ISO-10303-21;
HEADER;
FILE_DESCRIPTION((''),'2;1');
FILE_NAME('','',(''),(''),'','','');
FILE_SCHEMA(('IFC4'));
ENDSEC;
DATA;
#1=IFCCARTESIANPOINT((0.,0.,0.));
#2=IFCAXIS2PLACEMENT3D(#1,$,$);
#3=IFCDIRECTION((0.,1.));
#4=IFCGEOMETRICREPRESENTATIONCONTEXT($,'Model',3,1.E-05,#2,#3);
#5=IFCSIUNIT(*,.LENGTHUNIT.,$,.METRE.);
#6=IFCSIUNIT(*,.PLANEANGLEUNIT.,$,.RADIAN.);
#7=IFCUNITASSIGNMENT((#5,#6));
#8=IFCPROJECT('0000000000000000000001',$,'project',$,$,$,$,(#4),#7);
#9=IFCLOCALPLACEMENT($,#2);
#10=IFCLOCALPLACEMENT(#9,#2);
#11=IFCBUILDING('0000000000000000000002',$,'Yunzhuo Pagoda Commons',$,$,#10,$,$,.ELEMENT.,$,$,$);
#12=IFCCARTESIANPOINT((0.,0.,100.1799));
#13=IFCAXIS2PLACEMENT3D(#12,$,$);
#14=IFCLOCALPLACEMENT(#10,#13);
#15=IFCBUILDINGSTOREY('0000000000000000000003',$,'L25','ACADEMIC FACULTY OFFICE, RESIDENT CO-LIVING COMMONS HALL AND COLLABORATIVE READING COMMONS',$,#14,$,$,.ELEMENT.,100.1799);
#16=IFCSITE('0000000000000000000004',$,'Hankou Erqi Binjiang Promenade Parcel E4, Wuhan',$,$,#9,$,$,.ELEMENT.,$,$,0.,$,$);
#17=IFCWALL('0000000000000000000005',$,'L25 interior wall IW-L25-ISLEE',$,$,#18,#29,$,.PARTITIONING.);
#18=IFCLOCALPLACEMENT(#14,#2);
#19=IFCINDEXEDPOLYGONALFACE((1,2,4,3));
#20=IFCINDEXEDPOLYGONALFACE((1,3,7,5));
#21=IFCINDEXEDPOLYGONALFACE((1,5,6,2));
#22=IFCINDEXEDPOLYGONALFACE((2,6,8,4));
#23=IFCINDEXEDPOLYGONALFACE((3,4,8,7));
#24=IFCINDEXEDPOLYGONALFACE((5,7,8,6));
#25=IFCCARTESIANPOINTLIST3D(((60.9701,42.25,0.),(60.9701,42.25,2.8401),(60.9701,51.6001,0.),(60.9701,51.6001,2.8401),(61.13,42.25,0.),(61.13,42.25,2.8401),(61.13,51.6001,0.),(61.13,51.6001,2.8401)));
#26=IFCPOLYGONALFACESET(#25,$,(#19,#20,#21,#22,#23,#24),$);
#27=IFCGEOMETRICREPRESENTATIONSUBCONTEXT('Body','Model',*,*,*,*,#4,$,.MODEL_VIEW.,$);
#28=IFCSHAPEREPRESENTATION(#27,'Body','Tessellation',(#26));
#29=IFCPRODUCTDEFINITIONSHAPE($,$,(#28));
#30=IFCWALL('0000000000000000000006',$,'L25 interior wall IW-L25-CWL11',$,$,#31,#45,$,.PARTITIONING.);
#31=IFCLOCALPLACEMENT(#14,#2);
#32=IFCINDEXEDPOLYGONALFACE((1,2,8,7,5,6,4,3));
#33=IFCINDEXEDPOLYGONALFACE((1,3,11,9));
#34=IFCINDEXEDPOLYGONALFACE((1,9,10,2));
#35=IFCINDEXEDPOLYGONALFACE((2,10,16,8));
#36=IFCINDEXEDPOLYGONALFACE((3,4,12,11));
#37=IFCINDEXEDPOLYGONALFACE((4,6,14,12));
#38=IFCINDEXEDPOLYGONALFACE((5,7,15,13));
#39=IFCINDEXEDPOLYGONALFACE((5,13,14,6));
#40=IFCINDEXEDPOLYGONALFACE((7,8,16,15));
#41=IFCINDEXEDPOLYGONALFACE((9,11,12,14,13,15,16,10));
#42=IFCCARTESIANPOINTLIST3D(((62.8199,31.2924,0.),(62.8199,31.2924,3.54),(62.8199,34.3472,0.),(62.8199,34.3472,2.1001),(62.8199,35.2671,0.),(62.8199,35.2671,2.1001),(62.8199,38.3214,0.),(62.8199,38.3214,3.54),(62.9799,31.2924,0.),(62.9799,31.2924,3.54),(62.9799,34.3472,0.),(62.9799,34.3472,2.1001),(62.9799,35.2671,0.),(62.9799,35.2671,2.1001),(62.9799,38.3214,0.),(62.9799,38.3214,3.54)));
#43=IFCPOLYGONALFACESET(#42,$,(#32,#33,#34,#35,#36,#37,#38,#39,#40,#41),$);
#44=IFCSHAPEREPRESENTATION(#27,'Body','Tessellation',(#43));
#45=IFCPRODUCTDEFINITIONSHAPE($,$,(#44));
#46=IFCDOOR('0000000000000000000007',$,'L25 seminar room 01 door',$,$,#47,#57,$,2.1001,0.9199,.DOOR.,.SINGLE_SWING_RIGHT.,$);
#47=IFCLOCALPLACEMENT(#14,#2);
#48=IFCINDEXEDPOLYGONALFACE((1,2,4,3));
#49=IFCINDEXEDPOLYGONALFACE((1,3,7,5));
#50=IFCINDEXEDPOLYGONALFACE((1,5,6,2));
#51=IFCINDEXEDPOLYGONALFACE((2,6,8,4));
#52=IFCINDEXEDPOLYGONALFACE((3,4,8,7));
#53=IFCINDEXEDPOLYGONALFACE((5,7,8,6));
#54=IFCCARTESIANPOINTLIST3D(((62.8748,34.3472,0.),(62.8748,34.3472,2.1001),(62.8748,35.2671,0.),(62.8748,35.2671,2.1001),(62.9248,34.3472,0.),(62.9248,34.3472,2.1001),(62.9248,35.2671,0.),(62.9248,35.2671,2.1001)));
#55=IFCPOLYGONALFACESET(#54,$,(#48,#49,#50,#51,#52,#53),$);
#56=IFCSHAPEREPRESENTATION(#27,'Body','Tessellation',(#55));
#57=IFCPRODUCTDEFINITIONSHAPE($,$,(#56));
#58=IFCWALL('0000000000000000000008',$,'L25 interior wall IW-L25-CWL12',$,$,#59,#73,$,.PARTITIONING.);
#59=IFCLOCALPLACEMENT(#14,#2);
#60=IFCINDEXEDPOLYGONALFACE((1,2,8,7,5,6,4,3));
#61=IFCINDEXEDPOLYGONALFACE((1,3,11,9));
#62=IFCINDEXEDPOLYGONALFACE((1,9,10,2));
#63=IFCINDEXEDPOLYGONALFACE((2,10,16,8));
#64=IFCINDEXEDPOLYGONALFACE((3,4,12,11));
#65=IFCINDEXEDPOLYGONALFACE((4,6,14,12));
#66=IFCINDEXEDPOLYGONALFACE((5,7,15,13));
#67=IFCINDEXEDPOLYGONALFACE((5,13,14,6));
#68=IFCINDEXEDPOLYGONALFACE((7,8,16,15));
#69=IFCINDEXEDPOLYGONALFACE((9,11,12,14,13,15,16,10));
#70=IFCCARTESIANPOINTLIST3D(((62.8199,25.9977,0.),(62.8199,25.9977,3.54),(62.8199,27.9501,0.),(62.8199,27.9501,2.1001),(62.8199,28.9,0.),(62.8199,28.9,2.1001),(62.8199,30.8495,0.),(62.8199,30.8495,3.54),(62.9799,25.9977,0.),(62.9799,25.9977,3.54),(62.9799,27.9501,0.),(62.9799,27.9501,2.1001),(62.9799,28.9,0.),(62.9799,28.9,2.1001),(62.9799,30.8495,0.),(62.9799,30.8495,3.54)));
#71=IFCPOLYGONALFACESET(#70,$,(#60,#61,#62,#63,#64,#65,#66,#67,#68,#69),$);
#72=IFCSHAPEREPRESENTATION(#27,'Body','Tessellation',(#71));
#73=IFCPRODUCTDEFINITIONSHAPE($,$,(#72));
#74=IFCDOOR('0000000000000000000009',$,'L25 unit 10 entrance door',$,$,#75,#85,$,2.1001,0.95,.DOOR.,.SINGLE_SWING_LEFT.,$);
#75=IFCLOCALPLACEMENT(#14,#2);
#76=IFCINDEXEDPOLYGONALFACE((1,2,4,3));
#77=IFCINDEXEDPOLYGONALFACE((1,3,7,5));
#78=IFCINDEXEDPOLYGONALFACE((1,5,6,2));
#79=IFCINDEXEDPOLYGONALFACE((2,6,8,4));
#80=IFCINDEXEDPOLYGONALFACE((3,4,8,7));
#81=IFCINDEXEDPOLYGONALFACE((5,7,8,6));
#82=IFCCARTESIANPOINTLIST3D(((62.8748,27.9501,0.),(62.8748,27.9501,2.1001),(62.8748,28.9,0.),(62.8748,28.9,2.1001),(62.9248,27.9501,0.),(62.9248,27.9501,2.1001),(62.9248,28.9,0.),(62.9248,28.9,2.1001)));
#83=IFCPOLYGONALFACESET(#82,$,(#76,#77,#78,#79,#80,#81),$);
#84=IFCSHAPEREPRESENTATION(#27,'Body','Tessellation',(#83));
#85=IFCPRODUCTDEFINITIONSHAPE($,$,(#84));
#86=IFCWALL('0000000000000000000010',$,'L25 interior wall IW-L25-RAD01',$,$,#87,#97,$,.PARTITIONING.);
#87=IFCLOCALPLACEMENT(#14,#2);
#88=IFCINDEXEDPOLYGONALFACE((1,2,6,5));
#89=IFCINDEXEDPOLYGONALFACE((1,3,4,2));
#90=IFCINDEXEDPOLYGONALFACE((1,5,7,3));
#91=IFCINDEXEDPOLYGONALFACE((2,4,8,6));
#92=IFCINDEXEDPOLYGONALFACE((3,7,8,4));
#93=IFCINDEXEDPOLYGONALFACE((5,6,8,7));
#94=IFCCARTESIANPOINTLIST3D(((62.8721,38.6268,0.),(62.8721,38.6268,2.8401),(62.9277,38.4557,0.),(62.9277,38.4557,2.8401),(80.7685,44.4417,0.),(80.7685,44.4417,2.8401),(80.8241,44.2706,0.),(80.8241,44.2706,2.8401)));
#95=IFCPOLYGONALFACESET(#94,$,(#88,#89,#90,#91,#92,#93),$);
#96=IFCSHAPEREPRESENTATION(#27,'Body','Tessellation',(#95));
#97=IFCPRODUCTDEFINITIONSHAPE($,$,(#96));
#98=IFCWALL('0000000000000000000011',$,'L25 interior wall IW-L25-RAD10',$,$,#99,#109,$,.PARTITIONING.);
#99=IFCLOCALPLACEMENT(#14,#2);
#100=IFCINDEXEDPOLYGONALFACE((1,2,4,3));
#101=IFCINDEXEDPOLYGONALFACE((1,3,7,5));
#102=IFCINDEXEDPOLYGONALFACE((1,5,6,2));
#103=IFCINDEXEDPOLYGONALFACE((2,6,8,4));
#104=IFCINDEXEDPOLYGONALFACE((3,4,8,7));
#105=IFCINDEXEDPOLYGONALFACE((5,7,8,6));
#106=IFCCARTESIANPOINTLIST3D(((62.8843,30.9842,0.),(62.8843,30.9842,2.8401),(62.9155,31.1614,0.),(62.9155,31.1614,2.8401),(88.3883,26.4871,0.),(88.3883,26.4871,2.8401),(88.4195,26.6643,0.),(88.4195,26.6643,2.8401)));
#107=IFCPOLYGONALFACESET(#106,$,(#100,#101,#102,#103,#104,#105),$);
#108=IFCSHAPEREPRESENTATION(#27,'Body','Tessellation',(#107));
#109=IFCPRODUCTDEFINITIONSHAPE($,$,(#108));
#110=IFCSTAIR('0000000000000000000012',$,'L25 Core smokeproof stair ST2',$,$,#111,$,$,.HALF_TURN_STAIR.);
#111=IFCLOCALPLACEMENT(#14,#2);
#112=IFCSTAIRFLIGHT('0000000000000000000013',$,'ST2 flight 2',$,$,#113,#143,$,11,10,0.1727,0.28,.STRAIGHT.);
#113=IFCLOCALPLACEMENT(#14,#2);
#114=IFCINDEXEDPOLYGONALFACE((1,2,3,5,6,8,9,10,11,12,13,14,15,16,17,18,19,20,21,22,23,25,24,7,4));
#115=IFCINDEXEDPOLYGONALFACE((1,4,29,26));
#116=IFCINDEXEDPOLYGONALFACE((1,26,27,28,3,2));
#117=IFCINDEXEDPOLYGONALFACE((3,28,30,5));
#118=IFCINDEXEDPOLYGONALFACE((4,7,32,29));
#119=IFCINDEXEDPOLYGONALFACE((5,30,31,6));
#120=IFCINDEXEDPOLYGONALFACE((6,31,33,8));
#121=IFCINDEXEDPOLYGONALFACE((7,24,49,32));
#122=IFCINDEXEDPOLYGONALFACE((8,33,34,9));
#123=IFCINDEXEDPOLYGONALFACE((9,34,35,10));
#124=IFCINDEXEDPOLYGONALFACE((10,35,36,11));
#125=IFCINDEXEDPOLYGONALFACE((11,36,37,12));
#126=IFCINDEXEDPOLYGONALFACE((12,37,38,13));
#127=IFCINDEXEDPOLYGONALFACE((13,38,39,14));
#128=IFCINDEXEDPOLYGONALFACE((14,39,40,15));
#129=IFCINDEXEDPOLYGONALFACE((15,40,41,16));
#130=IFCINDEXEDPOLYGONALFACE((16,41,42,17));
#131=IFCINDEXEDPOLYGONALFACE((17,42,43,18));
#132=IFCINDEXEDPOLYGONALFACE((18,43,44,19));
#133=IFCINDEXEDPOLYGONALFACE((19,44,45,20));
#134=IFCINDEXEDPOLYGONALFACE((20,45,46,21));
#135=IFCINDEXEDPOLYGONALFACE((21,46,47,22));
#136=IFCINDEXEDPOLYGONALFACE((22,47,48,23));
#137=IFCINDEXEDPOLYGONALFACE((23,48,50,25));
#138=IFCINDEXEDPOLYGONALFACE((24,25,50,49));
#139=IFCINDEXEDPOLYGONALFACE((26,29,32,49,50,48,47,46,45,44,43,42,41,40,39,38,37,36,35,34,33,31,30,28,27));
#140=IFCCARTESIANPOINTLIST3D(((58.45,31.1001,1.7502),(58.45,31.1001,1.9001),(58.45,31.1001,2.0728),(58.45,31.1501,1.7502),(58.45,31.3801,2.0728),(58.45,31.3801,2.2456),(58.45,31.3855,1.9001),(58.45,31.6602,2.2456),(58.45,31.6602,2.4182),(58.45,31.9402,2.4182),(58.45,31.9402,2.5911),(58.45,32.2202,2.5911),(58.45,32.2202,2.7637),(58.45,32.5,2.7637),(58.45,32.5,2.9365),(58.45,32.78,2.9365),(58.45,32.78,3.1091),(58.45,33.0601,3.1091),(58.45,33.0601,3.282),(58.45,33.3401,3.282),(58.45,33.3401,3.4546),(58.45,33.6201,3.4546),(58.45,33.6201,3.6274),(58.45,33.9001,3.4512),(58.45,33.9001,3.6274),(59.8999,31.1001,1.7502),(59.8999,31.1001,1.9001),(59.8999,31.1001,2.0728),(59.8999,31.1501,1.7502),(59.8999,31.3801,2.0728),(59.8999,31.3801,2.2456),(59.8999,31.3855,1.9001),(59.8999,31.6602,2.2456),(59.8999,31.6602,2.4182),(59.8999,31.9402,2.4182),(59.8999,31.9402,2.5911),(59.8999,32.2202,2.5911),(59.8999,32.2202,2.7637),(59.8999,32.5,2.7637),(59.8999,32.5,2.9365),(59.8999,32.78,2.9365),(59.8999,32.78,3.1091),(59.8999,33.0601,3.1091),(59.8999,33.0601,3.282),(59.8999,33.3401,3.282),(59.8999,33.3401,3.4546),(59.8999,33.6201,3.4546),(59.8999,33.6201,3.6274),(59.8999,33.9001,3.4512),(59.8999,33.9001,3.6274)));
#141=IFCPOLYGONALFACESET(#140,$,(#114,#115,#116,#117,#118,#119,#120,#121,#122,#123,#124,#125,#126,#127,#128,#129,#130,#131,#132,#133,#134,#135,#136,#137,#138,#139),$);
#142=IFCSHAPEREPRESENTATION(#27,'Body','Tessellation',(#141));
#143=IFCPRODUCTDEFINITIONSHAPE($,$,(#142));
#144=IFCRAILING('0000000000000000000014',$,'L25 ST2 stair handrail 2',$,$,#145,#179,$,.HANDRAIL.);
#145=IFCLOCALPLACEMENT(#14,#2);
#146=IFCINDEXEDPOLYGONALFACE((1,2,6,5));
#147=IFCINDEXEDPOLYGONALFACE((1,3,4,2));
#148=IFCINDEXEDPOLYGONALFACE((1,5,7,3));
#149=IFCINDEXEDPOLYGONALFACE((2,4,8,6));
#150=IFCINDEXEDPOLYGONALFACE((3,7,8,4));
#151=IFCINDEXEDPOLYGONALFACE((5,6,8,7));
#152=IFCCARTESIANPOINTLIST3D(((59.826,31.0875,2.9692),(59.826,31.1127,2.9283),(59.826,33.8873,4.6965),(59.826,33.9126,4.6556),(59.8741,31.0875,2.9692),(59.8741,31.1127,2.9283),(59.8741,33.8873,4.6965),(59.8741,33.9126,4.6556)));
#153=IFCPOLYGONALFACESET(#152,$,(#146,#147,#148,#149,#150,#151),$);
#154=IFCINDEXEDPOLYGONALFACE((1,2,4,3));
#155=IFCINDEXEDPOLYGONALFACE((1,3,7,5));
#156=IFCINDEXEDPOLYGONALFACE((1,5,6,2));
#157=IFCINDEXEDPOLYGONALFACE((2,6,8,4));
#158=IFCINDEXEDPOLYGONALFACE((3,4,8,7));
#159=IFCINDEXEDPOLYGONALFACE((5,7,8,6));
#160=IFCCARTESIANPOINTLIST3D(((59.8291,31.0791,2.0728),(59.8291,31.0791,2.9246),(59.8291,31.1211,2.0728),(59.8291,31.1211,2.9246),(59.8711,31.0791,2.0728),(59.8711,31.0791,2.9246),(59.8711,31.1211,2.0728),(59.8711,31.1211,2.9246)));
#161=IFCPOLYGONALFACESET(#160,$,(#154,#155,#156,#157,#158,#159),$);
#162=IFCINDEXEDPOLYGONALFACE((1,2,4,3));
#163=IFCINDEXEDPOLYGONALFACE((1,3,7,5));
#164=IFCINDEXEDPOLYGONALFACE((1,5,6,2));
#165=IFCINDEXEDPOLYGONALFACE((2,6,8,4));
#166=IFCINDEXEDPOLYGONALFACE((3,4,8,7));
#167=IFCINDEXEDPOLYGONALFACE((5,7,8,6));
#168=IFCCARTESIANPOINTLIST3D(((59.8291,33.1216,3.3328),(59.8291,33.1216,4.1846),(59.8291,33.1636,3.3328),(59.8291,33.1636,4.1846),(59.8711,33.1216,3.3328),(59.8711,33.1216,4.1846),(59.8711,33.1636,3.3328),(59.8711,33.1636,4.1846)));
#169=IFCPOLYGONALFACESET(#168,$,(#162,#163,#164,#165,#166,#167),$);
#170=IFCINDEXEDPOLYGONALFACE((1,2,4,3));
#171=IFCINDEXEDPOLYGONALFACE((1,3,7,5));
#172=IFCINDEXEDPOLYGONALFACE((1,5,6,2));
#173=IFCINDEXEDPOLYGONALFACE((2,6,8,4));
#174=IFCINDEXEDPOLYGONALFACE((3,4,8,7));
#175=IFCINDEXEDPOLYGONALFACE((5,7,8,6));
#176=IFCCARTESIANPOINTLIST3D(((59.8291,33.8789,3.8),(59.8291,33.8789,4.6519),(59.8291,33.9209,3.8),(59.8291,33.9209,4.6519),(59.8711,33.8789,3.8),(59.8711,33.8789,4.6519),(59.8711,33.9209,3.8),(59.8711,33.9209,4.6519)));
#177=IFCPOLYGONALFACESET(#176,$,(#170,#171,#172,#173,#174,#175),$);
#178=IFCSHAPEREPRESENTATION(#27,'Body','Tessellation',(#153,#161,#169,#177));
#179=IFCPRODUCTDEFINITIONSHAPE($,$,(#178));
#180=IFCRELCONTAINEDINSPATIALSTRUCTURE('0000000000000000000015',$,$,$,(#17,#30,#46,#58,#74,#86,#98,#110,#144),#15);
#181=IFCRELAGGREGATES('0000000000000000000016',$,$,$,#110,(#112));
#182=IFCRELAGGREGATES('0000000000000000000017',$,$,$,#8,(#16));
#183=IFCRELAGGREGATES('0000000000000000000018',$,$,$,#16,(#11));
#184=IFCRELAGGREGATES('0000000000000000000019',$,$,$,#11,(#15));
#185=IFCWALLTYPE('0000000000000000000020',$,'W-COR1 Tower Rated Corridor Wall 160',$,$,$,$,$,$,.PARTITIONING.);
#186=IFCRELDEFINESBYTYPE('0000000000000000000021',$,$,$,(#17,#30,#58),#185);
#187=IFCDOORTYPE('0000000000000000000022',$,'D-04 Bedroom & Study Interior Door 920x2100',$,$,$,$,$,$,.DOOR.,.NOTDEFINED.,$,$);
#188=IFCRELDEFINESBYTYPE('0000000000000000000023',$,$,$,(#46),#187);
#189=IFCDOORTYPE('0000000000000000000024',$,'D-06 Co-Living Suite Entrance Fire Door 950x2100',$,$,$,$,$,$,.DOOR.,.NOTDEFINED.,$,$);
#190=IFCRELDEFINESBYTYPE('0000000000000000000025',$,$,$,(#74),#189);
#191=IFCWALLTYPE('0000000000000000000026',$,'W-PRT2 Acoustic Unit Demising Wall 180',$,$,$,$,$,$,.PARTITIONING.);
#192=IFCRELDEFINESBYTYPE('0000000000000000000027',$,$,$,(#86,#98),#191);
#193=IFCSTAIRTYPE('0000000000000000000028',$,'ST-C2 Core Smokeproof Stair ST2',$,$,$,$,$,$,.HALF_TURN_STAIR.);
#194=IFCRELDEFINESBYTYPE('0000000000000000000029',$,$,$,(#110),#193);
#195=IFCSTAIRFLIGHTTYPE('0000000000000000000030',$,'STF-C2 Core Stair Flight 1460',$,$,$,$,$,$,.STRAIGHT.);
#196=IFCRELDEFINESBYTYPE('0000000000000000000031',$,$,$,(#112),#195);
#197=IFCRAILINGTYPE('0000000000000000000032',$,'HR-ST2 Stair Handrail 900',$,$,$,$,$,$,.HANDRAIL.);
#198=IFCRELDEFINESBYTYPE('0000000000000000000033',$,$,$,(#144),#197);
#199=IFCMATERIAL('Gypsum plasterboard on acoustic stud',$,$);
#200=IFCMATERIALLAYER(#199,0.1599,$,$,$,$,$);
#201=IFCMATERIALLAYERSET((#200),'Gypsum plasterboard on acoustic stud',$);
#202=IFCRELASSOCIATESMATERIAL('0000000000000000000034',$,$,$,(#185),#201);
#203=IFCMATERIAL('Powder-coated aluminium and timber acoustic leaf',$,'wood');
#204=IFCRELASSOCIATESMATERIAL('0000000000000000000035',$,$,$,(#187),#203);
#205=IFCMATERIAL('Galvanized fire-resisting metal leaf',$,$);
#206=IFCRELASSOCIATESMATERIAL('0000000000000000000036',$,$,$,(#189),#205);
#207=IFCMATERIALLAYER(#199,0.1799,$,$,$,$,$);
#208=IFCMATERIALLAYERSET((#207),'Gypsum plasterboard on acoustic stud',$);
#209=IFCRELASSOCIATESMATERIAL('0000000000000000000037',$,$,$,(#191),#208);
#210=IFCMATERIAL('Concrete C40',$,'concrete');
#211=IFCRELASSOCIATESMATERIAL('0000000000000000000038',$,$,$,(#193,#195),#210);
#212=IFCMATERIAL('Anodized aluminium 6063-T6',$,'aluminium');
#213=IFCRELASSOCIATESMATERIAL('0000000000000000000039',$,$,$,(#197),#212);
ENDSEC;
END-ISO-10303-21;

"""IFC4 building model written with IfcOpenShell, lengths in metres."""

from ifc_helpers import new_model, si_unit, direction, frame, frame_2d, origin, origin_with_axes, origin_2d, place, context, subcontext, project, spatial, polyline, rectangle, outline, extrude, source, transform, mapped, material, layer, layer_set, type_object, element, fill, aggregate, save


model = new_model("IFC4")

# Units and contexts
model_context = context("Model", 3, precision=1e-05, world=origin(), true_north=direction((0.0, 1.0)))
body_context = subcontext(model_context, "Body", "Model", "MODEL_VIEW")
ifc_project = project(units=[si_unit("LENGTHUNIT", "METRE"), si_unit("PLANEANGLEUNIT", "RADIAN")], contexts=[model_context])

# Site, building, storey
site_placement = place(None, origin())
site = spatial("IfcSite", under=ifc_project, at=site_placement, Name="Hankou Erqi Binjiang Promenade Parcel E4, Wuhan", CompositionType="ELEMENT", RefElevation=0.0)
building_placement = place(site_placement, origin())
building = spatial("IfcBuilding", under=site, at=building_placement, Name="Yunzhuo Pagoda Commons", CompositionType="ELEMENT")
storey_placement = place(building_placement, frame((0.0, 0.0, 100.1799)))
storey = spatial("IfcBuildingStorey", under=building, at=storey_placement, Name="L25", Description="ACADEMIC FACULTY OFFICE, RESIDENT CO-LIVING COMMONS HALL AND COLLABORATIVE READING COMMONS", CompositionType="ELEMENT", Elevation=100.1799)

# Shared definitions
ifc_material_1 = material(Name="Anodized aluminium 6063-T6", Category="aluminium")

# Wall
ifc_material_2 = material(Name="Gypsum plasterboard on acoustic stud")
ifc_layer_1 = layer(ifc_material_2, 0.1599)
ifc_layer_set_1 = layer_set([ifc_layer_1], Name="Gypsum plasterboard on acoustic stud")
wall_type_1 = type_object("IfcWallType", Name="W-COR1 Tower Rated Corridor Wall 160", PredefinedType="PARTITIONING", material=ifc_layer_set_1)
wall_1_placement = place(storey_placement, frame((61.05, 42.25, 0.0), z_axis=(0.0, 0.0, 1.0), x_axis=(0.0, 1.0, 0.0)))
element("IfcWall", 1, at=wall_1_placement, inside=storey, type_object=wall_type_1, Name="L25 interior wall IW-L25-ISLEE", PredefinedType="PARTITIONING", context=body_context, shape_type="SweptSolid", body=[
    extrude(rectangle(XDim=9.3501, YDim=0.1599, at=frame_2d((4.675, 0.0))), origin(), (0.0, 0.0, 1.0), 2.8401),
])

# Walls, openings, doors
wall_2_placement = place(storey_placement, frame((62.8999, 38.3215, 0.0), z_axis=(0.0, 0.0, 1.0), x_axis=(0.0, -1.0, 0.0)))
wall_2 = element("IfcWall", 2, at=wall_2_placement, inside=storey, type_object=wall_type_1, Name="L25 interior wall IW-L25-CWL11", PredefinedType="PARTITIONING", context=body_context, shape_type="SweptSolid", body=[
    extrude(rectangle(XDim=7.0291, YDim=0.1599, at=frame_2d((3.5146, 0.0))), origin(), (0.0, 0.0, 1.0), 3.54),
])
opening_1_placement = place(wall_2_placement, frame((3.0544, 0.0, 0.0)))
opening_1 = element("IfcOpeningElement", 3, at=opening_1_placement, cuts=wall_2, PredefinedType="OPENING", context=body_context, shape_type="SweptSolid", body=[
    extrude(rectangle(XDim=0.9199, YDim=2.1001, at=frame_2d((0.46, 1.05))), frame((0.0, 0.0898, 0.0), z_axis=(0.0, -1.0, 0.0), x_axis=(1.0, 0.0, 0.0)), (0.0, 0.0, 1.0), 0.1799),
])
ifc_material_3 = material(Name="Powder-coated aluminium and timber acoustic leaf", Category="wood")
door_type_1 = type_object("IfcDoorType", Name="D-04 Bedroom & Study Interior Door 920x2100", OperationType="NOTDEFINED", PredefinedType="DOOR", material=ifc_material_3)
shared_shape_1 = source(origin(), body_context, "Body", "SweptSolid", [
    extrude(rectangle(XDim=0.9199, YDim=2.1001, at=frame_2d((0.46, 1.05))), frame((0.0, 0.0249, 0.0), z_axis=(0.0, -1.0, 0.0), x_axis=(1.0, 0.0, 0.0)), (0.0, 0.0, 1.0), 0.05),
])
door_1_placement = place(opening_1_placement, origin_with_axes())
door_1 = element("IfcDoor", 4, at=door_1_placement, inside=storey, type_object=door_type_1, Name="L25 seminar room 01 door", OperationType="SINGLE_SWING_RIGHT", OverallHeight=2.1001, OverallWidth=0.9199, PredefinedType="DOOR", context=body_context, shape_type="MappedRepresentation", body=[
    mapped(shared_shape_1, transform((0.0, 0.0, 0.0), scale=1.0)),
])
fill(opening_1, door_1)
wall_3_placement = place(storey_placement, frame((62.8999, 30.8494, 0.0), z_axis=(0.0, 0.0, 1.0), x_axis=(0.0, -1.0, 0.0)))
wall_3 = element("IfcWall", 5, at=wall_3_placement, inside=storey, type_object=wall_type_1, Name="L25 interior wall IW-L25-CWL12", PredefinedType="PARTITIONING", context=body_context, shape_type="SweptSolid", body=[
    extrude(rectangle(XDim=4.8518, YDim=0.1599, at=frame_2d((2.4258, 0.0))), origin(), (0.0, 0.0, 1.0), 3.54),
])
opening_2_placement = place(wall_3_placement, frame((1.9492, 0.0, 0.0)))
opening_2 = element("IfcOpeningElement", 6, at=opening_2_placement, cuts=wall_3, PredefinedType="OPENING", context=body_context, shape_type="SweptSolid", body=[
    extrude(rectangle(XDim=0.95, YDim=2.1001, at=frame_2d((0.4751, 1.05))), frame((0.0, 0.0898, 0.0), z_axis=(0.0, -1.0, 0.0), x_axis=(1.0, 0.0, 0.0)), (0.0, 0.0, 1.0), 0.1799),
])
ifc_material_4 = material(Name="Galvanized fire-resisting metal leaf")
door_type_2 = type_object("IfcDoorType", Name="D-06 Co-Living Suite Entrance Fire Door 950x2100", OperationType="NOTDEFINED", PredefinedType="DOOR", material=ifc_material_4)
shared_shape_2 = source(origin(), body_context, "Body", "SweptSolid", [
    extrude(rectangle(XDim=0.95, YDim=2.1001, at=frame_2d((0.4751, 1.05))), frame((0.0, 0.0249, 0.0), z_axis=(0.0, -1.0, 0.0), x_axis=(1.0, 0.0, 0.0)), (0.0, 0.0, 1.0), 0.05),
])
door_2_placement = place(opening_2_placement, origin_with_axes())
door_2 = element("IfcDoor", 7, at=door_2_placement, inside=storey, type_object=door_type_2, Name="L25 unit 10 entrance door", OperationType="SINGLE_SWING_LEFT", OverallHeight=2.1001, OverallWidth=0.95, PredefinedType="DOOR", context=body_context, shape_type="MappedRepresentation", body=[
    mapped(shared_shape_2, transform((0.0, 0.0, 0.0), scale=1.0)),
])
fill(opening_2, door_2)

# Walls
ifc_layer_2 = layer(ifc_material_2, 0.1799)
ifc_layer_set_2 = layer_set([ifc_layer_2], Name="Gypsum plasterboard on acoustic stud")
wall_type_2 = type_object("IfcWallType", Name="W-PRT2 Acoustic Unit Demising Wall 180", PredefinedType="PARTITIONING", material=ifc_layer_set_2)
wall_4_placement = place(storey_placement, frame((62.8999, 38.5413, 0.0), z_axis=(0.0, 0.0, 1.0), x_axis=(0.951056, 0.309018, 0.0)))
element("IfcWall", 8, at=wall_4_placement, inside=storey, type_object=wall_type_2, Name="L25 interior wall IW-L25-RAD01", PredefinedType="PARTITIONING", context=body_context, shape_type="SweptSolid", body=[
    extrude(rectangle(XDim=18.8174, YDim=0.1799, at=frame_2d((9.4087, 0.0))), origin(), (0.0, 0.0, 1.0), 2.8401),
])
wall_5_placement = place(storey_placement, frame((62.8999, 31.0728, 0.0), z_axis=(0.0, 0.0, 1.0), x_axis=(0.984807, -0.17365, 0.0)))
element("IfcWall", 9, at=wall_5_placement, inside=storey, type_object=wall_type_2, Name="L25 interior wall IW-L25-RAD10", PredefinedType="PARTITIONING", context=body_context, shape_type="SweptSolid", body=[
    extrude(rectangle(XDim=25.8975, YDim=0.1799, at=frame_2d((12.9487, 0.0))), origin(), (0.0, 0.0, 1.0), 2.8401),
])

# Stair, stair flight
ifc_material_5 = material(Name="Concrete C40", Category="concrete")
stair_type = type_object("IfcStairType", Name="ST-C2 Core Smokeproof Stair ST2", PredefinedType="HALF_TURN_STAIR", material=ifc_material_5)
stair_placement = place(storey_placement, origin())
stair = element("IfcStair", 10, at=stair_placement, inside=storey, type_object=stair_type, Name="L25 Core smokeproof stair ST2", PredefinedType="HALF_TURN_STAIR")
stair_flight_type = type_object("IfcStairFlightType", Name="STF-C2 Core Stair Flight 1460", PredefinedType="STRAIGHT", material=ifc_material_5)
shared_shape_3 = source(origin(), body_context, "Body", "SweptSolid", [
    extrude(outline(polyline([(0.0, -0.1499), (0.0, 0.0), (0.0, 0.1726), (0.28, 0.1726), (0.28, 0.3455), (0.5601, 0.3455), (0.5601, 0.5181), (0.8401, 0.5181), (0.8401, 0.6909), (1.1201, 0.6909), (1.1201, 0.8635), (1.3999, 0.8635), (1.3999, 1.0364), (1.6799, 1.0364), (1.6799, 1.209), (1.96, 1.209), (1.96, 1.3818), (2.24, 1.3818), (2.24, 1.5544), (2.52, 1.5544), (2.52, 1.7273), (2.8, 1.7273), (2.8, 1.8999), (2.8, 1.551), (0.2854, 0.0), (0.05, -0.1499), (0.0, -0.1499)])), frame((0.0, 0.7251, 0.0), z_axis=(0.0, -1.0, 0.0), x_axis=(1.0, 0.0, 0.0)), (0.0, 0.0, 1.0), 1.45),
])
stair_flight_placement = place(storey_placement, frame((59.175, 31.1001, 1.9001), z_axis=(0.0, 0.0, 1.0), x_axis=(0.0, 1.0, 0.0)))
stair_flight = element("IfcStairFlight", 11, at=stair_flight_placement, type_object=stair_flight_type, Name="ST2 flight 2", NumberOfRisers=11, NumberOfTreads=10, PredefinedType="STRAIGHT", RiserHeight=0.1727, TreadLength=0.28, context=body_context, shape_type="MappedRepresentation", body=[
    mapped(shared_shape_3, transform((0.0, 0.0, 0.0), scale=1.0)),
])
aggregate(stair, [stair_flight])

# Railing
railing_type = type_object("IfcRailingType", Name="HR-ST2 Stair Handrail 900", PredefinedType="HANDRAIL", material=ifc_material_1)
railing_placement = place(storey_placement, frame((59.8501, 31.1001, 2.0728)))
element("IfcRailing", 12, at=railing_placement, inside=storey, type_object=railing_type, Name="L25 ST2 stair handrail 2", PredefinedType="HANDRAIL", context=body_context, shape_type="SweptSolid", body=[
    extrude(rectangle(XDim=0.0481, YDim=0.0481, at=origin_2d()), frame((0.0, 0.0, 0.876), z_axis=(0.0, 0.851069, 0.525054), x_axis=(-1.0, 0.0, 0.0)), (0.0, 0.0, 1.0), 3.2898),
    extrude(rectangle(XDim=0.042, YDim=0.042, at=origin_2d()), origin(), (0.0, 0.0, 1.0), 0.8518),
    extrude(rectangle(XDim=0.042, YDim=0.042, at=origin_2d()), frame((0.0, 2.0425, 1.26)), (0.0, 0.0, 1.0), 0.8518),
    extrude(rectangle(XDim=0.042, YDim=0.042, at=origin_2d()), frame((0.0, 2.7998, 1.7273)), (0.0, 0.0, 1.0), 0.8518),
])

save(model, "model.ifc")
